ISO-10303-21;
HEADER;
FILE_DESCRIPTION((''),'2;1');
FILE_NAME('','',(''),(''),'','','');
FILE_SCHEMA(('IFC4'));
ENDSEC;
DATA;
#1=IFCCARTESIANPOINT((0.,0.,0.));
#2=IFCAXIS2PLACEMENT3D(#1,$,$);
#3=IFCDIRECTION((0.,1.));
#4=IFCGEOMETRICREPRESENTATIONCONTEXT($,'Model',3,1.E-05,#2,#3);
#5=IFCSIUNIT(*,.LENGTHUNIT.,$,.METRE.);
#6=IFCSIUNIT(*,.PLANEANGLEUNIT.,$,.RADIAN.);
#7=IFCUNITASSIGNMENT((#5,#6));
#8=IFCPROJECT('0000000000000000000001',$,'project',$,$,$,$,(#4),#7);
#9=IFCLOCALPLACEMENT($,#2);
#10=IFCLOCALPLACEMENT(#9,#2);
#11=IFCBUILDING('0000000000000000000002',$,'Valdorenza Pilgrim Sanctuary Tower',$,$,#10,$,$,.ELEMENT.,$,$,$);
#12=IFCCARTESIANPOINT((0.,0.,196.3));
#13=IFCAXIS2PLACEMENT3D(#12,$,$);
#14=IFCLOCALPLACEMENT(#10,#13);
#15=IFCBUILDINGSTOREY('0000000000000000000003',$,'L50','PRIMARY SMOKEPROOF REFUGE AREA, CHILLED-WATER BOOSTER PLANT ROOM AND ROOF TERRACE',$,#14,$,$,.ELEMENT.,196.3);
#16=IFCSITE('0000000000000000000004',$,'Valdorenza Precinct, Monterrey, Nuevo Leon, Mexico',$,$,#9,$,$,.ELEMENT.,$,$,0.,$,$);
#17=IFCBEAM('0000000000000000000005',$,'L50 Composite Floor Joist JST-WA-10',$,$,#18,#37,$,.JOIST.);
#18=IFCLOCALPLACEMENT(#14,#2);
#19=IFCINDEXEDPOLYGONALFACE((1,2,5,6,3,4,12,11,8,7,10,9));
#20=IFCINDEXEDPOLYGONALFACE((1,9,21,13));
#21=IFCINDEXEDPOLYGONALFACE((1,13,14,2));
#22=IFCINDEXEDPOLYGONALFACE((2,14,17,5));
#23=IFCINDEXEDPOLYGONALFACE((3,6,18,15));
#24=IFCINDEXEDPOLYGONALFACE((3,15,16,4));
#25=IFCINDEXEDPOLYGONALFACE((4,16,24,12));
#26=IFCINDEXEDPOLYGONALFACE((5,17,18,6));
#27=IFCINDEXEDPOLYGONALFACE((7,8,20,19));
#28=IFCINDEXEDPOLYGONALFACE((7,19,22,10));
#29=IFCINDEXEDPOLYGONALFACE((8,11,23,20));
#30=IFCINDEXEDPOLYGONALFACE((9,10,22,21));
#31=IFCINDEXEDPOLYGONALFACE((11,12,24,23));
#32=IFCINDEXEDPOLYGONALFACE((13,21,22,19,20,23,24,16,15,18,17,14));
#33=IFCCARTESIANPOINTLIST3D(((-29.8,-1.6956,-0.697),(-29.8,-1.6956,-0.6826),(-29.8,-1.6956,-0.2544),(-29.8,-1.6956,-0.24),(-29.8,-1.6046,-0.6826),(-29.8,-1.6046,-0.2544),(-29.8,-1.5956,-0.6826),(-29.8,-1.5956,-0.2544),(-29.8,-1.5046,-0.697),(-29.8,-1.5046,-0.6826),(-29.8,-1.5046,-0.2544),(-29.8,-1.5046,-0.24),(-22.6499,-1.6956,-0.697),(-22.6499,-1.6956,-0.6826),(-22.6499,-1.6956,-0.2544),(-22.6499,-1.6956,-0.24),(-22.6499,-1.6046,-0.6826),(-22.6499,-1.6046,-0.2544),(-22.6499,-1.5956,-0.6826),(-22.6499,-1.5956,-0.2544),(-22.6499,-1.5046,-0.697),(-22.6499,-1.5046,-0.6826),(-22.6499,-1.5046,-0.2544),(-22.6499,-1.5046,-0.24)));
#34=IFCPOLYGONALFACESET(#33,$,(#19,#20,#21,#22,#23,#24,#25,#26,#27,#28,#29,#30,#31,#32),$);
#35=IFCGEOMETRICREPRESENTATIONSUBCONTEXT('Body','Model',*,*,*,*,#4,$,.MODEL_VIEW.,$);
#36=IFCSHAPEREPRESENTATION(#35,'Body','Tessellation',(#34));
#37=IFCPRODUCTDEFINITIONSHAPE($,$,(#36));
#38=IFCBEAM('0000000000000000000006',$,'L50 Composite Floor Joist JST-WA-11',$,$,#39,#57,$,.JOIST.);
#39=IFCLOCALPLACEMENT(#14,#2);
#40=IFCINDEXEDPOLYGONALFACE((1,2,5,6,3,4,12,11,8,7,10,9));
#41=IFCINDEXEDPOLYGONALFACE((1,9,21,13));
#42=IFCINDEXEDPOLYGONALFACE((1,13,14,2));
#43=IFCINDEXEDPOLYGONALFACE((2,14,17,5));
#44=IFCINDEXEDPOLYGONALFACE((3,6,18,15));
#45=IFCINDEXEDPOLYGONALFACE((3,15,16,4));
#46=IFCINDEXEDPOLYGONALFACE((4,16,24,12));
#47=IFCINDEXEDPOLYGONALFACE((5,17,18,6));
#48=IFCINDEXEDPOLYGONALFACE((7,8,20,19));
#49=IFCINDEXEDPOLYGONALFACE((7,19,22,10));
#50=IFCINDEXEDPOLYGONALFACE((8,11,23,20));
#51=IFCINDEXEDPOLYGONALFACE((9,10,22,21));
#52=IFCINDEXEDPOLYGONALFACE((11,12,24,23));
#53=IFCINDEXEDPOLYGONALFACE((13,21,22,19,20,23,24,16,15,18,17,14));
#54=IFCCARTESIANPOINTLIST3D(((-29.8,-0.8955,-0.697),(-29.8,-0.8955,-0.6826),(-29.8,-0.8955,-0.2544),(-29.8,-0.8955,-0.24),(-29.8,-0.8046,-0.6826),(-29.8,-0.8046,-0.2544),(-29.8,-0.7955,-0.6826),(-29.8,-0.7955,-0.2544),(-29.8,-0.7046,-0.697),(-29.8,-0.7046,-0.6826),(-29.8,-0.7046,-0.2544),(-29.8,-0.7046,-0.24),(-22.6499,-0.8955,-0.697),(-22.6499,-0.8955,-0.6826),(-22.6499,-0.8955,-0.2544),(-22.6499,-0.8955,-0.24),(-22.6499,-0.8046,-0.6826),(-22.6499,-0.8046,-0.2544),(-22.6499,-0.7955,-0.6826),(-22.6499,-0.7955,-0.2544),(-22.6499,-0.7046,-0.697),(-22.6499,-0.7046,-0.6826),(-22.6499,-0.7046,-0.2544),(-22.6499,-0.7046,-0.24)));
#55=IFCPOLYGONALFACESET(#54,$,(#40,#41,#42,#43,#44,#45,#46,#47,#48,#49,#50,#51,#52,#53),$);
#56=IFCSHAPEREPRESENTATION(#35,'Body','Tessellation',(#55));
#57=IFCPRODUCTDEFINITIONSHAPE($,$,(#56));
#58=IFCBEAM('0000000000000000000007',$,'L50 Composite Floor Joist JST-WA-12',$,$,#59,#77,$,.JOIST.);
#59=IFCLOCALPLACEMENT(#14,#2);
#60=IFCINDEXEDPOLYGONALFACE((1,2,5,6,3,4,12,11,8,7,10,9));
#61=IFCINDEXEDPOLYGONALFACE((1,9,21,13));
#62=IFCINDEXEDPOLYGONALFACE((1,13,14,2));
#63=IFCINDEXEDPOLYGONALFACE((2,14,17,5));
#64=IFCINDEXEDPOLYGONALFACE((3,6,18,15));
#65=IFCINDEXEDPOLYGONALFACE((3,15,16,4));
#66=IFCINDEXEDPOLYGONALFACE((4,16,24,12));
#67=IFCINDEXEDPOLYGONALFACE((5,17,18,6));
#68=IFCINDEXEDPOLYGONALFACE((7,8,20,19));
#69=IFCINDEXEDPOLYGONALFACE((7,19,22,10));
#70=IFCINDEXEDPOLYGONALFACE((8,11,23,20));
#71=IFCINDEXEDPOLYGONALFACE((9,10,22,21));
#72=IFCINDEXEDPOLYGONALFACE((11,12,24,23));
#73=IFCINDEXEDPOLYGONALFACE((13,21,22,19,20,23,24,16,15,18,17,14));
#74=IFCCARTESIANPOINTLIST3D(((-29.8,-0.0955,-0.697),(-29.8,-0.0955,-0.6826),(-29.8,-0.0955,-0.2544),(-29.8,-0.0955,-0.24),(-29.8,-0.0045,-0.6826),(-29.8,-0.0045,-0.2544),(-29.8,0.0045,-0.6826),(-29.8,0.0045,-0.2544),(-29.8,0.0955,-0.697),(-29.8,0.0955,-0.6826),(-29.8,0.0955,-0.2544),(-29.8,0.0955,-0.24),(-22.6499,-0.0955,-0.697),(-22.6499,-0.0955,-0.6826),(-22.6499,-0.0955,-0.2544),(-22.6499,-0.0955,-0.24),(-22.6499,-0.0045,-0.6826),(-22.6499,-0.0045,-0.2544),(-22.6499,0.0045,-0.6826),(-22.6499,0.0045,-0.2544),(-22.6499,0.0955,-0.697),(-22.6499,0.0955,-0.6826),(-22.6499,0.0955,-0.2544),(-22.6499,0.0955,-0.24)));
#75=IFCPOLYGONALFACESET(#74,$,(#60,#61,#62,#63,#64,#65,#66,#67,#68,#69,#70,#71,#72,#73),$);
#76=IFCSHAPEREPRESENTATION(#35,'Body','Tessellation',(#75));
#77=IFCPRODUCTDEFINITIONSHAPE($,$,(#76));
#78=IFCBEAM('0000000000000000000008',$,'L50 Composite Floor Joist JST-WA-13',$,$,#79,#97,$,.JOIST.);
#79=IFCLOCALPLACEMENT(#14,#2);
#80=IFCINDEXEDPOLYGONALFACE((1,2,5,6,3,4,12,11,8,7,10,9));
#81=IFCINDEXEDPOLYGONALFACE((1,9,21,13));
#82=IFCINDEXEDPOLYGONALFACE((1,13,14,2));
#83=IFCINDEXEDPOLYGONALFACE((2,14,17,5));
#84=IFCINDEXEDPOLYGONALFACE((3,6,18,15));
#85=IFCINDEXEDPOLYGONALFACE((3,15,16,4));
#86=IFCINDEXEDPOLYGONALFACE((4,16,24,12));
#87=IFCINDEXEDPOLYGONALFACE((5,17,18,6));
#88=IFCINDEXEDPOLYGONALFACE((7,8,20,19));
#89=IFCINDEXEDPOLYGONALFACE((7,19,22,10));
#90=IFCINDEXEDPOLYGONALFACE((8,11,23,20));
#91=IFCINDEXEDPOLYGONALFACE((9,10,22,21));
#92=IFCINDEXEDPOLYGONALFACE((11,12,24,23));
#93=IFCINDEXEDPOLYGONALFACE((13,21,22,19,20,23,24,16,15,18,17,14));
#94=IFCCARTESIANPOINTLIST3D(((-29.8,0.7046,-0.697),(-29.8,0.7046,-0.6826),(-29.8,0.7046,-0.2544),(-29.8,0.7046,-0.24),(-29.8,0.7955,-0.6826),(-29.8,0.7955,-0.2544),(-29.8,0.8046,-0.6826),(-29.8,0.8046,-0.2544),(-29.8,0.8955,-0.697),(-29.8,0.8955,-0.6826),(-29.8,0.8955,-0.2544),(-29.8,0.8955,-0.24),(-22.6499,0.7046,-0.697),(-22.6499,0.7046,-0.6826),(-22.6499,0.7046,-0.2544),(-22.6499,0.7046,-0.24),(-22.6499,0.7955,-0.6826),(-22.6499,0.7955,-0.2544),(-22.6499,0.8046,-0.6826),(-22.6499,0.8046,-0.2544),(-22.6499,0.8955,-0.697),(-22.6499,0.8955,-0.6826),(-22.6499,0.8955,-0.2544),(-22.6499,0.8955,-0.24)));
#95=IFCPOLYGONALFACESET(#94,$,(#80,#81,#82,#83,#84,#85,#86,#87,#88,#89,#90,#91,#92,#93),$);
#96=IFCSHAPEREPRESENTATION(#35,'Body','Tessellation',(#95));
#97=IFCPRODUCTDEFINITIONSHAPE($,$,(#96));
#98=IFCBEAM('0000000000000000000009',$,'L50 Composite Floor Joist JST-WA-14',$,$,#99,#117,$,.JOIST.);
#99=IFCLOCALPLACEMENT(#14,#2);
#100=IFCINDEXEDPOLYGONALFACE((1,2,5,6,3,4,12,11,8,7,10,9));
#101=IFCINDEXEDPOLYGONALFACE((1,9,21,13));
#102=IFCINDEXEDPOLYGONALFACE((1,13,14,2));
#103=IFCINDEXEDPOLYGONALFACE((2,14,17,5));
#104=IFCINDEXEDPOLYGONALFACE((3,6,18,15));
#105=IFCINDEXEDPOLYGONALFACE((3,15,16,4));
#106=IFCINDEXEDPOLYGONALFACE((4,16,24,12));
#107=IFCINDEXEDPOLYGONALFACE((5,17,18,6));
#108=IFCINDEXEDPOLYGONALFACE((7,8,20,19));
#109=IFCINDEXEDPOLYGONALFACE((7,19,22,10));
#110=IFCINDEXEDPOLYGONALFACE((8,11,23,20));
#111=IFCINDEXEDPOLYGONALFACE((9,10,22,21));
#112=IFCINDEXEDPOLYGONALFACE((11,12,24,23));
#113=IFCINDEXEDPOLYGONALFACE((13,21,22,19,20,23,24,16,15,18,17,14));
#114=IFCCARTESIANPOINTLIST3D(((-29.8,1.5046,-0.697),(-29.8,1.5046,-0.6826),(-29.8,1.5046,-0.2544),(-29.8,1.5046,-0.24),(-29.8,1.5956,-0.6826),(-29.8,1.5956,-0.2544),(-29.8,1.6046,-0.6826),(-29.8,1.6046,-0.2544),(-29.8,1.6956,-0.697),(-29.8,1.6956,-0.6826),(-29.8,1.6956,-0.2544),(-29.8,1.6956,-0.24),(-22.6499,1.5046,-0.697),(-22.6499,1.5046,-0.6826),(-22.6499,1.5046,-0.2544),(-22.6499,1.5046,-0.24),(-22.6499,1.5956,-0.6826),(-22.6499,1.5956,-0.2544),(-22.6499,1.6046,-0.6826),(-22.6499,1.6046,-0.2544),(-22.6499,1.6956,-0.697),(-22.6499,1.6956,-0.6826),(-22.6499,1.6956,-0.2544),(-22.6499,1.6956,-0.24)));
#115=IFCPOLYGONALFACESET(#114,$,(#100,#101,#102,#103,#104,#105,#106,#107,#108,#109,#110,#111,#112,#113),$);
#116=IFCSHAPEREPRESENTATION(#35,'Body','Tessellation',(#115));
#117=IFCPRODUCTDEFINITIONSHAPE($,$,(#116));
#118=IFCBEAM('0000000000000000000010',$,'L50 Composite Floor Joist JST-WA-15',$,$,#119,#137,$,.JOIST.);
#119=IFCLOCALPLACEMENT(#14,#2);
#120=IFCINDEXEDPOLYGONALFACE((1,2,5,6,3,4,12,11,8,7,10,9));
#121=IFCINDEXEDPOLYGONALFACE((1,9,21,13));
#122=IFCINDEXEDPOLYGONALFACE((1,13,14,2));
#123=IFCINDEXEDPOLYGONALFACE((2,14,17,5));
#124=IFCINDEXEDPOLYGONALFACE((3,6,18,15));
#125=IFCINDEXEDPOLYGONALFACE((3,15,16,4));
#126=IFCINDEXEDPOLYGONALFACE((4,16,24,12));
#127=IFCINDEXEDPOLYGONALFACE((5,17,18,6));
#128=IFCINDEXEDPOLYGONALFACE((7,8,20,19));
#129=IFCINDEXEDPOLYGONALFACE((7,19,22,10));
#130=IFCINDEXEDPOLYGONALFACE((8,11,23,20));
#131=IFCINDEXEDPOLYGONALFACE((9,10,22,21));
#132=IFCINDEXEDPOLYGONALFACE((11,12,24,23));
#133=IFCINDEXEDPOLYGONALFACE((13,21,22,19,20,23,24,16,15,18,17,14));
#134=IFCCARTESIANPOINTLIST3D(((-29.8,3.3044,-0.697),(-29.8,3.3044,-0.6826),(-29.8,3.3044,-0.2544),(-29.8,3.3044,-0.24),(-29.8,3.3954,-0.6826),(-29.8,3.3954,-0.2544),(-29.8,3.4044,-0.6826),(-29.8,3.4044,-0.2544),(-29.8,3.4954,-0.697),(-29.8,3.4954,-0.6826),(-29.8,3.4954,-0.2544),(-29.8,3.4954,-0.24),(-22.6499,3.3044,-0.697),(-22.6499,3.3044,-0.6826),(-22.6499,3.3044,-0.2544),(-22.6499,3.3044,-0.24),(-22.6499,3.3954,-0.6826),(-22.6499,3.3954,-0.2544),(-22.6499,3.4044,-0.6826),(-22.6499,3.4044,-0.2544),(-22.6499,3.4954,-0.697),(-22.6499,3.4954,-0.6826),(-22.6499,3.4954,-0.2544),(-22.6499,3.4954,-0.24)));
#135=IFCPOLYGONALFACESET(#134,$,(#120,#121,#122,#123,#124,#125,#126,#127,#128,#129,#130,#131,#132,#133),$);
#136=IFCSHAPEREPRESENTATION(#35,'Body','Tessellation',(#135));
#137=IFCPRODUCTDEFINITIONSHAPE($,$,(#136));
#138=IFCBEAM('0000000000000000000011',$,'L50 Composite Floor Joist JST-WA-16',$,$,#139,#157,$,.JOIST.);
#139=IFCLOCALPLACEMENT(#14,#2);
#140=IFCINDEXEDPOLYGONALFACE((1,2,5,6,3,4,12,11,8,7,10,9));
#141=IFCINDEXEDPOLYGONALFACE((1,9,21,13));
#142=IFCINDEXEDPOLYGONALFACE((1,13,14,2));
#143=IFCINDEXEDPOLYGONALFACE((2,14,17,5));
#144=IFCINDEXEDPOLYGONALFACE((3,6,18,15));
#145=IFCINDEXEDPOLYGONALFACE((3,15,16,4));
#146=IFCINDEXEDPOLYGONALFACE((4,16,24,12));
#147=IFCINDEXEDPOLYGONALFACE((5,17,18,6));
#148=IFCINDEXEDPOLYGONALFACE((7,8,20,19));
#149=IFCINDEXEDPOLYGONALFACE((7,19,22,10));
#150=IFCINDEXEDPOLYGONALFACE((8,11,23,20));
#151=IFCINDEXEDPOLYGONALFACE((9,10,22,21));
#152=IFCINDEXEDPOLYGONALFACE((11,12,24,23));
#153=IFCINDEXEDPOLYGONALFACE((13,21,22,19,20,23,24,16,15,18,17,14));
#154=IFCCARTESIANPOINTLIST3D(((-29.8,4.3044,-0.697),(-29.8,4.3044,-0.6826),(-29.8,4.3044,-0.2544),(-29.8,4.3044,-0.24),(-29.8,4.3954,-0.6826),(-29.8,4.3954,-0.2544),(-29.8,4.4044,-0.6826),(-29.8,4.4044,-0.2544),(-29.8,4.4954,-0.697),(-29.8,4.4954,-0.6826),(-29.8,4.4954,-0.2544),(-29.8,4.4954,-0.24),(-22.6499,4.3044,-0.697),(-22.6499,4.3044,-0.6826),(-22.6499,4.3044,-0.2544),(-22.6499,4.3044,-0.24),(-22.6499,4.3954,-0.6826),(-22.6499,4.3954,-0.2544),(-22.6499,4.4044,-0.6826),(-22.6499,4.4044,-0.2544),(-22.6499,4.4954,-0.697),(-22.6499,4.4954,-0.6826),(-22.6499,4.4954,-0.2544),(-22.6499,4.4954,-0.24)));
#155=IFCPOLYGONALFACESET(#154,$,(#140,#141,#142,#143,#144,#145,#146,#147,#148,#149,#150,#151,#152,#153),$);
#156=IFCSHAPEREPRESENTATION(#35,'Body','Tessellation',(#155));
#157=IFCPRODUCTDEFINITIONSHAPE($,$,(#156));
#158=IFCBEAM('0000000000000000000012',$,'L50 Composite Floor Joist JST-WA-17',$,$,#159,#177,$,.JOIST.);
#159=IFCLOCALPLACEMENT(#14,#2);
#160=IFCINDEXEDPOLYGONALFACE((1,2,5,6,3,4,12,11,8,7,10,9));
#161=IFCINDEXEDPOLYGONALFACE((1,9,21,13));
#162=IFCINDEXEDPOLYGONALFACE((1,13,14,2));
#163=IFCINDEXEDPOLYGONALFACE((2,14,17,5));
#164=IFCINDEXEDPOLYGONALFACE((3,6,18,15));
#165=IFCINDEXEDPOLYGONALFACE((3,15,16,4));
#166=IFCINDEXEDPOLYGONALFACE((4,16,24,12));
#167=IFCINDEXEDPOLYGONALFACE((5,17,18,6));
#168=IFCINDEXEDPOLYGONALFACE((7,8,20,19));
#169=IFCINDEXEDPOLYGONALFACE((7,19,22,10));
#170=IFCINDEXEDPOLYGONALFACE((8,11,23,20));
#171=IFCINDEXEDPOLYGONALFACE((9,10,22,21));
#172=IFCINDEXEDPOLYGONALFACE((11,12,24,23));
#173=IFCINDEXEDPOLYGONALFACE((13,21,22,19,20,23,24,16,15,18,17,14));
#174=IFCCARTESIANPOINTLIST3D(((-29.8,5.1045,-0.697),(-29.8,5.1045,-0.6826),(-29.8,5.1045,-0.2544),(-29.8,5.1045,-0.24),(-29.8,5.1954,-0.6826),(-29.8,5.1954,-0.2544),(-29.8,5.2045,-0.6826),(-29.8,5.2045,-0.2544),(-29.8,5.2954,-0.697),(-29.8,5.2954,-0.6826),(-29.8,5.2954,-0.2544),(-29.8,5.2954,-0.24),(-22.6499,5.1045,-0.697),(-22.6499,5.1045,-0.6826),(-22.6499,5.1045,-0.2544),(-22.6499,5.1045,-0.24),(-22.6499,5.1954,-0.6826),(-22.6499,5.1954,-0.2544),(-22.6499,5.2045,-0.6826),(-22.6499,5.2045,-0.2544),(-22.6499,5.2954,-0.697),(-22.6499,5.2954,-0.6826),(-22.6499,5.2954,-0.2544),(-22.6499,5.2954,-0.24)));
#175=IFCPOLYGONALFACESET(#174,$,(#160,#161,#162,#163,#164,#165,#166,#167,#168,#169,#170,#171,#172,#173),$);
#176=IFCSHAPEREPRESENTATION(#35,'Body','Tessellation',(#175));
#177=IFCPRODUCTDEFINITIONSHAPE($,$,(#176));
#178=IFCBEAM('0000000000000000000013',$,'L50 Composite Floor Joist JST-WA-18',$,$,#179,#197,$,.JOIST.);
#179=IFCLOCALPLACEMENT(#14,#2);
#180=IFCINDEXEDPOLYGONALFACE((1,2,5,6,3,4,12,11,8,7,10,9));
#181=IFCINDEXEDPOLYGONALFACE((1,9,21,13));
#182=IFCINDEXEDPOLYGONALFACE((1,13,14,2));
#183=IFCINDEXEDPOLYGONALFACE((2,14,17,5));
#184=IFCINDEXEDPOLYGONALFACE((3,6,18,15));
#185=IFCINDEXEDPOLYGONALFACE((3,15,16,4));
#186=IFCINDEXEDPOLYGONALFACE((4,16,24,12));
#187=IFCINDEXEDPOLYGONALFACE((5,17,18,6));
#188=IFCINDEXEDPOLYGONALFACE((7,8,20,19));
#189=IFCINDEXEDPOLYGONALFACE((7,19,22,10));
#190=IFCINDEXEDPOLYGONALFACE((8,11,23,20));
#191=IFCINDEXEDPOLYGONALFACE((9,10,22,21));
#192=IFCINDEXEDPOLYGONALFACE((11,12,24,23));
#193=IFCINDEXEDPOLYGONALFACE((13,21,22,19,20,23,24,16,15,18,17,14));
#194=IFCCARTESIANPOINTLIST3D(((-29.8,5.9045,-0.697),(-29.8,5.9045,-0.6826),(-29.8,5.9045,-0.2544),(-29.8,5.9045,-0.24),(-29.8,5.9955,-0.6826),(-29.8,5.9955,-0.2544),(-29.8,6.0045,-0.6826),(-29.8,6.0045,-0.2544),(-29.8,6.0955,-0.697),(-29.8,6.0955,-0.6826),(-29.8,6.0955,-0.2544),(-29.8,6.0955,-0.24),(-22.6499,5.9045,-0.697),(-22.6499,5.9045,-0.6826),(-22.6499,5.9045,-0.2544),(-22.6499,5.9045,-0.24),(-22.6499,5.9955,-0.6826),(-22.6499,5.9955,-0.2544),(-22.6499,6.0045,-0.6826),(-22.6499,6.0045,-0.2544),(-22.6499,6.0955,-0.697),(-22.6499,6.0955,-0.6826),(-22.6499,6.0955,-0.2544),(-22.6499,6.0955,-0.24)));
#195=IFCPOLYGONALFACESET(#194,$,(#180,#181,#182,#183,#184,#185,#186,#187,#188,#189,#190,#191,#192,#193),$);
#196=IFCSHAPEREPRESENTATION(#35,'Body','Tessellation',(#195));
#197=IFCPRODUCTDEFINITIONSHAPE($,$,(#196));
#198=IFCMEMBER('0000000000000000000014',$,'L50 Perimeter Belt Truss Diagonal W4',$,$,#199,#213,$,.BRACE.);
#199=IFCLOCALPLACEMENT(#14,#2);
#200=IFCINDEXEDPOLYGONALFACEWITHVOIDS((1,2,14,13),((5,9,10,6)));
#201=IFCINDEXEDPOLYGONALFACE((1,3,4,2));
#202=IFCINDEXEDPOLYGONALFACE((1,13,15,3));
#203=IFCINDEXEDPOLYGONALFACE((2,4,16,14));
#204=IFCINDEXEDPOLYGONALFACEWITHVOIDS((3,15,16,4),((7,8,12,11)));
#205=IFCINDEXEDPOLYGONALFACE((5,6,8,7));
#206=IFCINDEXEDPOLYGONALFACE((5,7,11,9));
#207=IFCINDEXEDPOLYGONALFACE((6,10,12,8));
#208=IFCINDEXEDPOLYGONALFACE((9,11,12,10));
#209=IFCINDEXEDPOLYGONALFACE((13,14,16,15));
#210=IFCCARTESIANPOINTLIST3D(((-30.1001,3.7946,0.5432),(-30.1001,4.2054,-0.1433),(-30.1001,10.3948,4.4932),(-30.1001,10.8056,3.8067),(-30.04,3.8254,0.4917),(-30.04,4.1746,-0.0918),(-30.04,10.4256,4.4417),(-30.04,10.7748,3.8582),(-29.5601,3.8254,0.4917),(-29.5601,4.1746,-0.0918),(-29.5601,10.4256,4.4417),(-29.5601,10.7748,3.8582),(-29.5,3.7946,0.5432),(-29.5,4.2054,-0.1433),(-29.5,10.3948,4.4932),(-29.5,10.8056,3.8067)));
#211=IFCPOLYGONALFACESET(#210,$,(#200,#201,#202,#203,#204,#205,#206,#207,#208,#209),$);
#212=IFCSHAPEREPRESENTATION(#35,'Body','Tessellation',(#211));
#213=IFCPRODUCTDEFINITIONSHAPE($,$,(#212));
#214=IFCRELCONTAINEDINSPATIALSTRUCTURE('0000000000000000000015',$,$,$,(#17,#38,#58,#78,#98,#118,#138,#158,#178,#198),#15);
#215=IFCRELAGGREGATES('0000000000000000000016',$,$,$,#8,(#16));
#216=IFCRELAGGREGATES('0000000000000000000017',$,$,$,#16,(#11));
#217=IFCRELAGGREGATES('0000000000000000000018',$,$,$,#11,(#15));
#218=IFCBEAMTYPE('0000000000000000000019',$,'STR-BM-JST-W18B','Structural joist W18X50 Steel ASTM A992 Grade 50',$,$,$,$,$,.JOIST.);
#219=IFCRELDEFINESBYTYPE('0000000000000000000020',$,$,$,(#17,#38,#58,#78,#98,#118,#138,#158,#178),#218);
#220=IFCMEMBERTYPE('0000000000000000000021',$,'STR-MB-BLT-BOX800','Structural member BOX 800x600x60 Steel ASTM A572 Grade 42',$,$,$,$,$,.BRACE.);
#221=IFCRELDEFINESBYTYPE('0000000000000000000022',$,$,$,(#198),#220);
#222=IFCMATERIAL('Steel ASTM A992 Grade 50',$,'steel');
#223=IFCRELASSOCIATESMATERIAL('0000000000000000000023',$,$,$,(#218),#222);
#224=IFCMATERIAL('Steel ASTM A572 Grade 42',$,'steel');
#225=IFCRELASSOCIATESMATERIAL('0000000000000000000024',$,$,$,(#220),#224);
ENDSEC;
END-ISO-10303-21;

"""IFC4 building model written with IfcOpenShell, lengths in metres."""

from ifc_helpers import new_model, si_unit, direction, frame, origin, origin_2d, place, context, subcontext, project, spatial, hollow_rectangle, i_section, extrude, source, transform, mapped, material, material_profile, profile_set, type_object, element, save


model = new_model("IFC4")

# Units and contexts
model_context = context("Model", 3, precision=1e-05, world=origin(), true_north=direction((0.0, 1.0)))
body_context = subcontext(model_context, "Body", "Model", "MODEL_VIEW")
ifc_project = project(units=[si_unit("LENGTHUNIT", "METRE"), si_unit("PLANEANGLEUNIT", "RADIAN")], contexts=[model_context])

# Site, building, storey
site_placement = place(None, origin())
site = spatial("IfcSite", under=ifc_project, at=site_placement, Name="Valdorenza Precinct, Monterrey, Nuevo Leon, Mexico", CompositionType="ELEMENT", RefElevation=0.0)
building_placement = place(site_placement, origin())
building = spatial("IfcBuilding", under=site, at=building_placement, Name="Valdorenza Pilgrim Sanctuary Tower", CompositionType="ELEMENT")
storey_placement = place(building_placement, frame((0.0, 0.0, 196.3)))
storey = spatial("IfcBuildingStorey", under=building, at=storey_placement, Name="L50", Description="PRIMARY SMOKEPROOF REFUGE AREA, CHILLED-WATER BOOSTER PLANT ROOM AND ROOF TERRACE", CompositionType="ELEMENT", Elevation=196.3)

# Beams
ifc_material_1 = material(Name="Steel ASTM A992 Grade 50", Category="steel")
ifc_material_profile_1 = material_profile(ifc_material_1, i_section(OverallWidth=0.1909, OverallDepth=0.457, WebThickness=0.009, FlangeThickness=0.0144, at=origin_2d()), Name="W18X50")
ifc_profile_set_1 = profile_set([ifc_material_profile_1], Name="Steel ASTM A992 Grade 50")
beam_type = type_object("IfcBeamType", Name="STR-BM-JST-W18B", Description="Structural joist W18X50 Steel ASTM A992 Grade 50", PredefinedType="JOIST", material=ifc_profile_set_1)
shared_shape_1 = source(origin(), body_context, "Body", "SweptSolid", [
    extrude(i_section(OverallWidth=0.1909, OverallDepth=0.457, WebThickness=0.009, FlangeThickness=0.0144, at=origin_2d()), origin(), (0.0, 0.0, 1.0), 7.1501),
])
for number, where, z_axis, x_axis, name in (
    (1, (-29.8, -1.6001, -0.4685), (1.0, 0.0, 0.0), (0.0, 1.0, 0.0), "L50 Composite Floor Joist JST-WA-10"),
    (2, (-29.8, -0.8, -0.4685), (1.0, 0.0, 0.0), (0.0, 1.0, 0.0), "L50 Composite Floor Joist JST-WA-11"),
    (3, (-29.8, 0.0, -0.4685), (1.0, 0.0, 0.0), (0.0, 1.0, 0.0), "L50 Composite Floor Joist JST-WA-12"),
    (4, (-29.8, 0.8, -0.4685), (1.0, 0.0, 0.0), (0.0, 1.0, 0.0), "L50 Composite Floor Joist JST-WA-13"),
    (5, (-29.8, 1.6001, -0.4685), (1.0, 0.0, 0.0), (0.0, 1.0, 0.0), "L50 Composite Floor Joist JST-WA-14"),
    (6, (-29.8, 3.3999, -0.4685), (1.0, 0.0, 0.0), (0.0, 1.0, 0.0), "L50 Composite Floor Joist JST-WA-15"),
    (7, (-29.8, 4.3999, -0.4685), (1.0, 0.0, 0.0), (0.0, 1.0, 0.0), "L50 Composite Floor Joist JST-WA-16"),
    (8, (-29.8, 5.2, -0.4685), (1.0, 0.0, 0.0), (0.0, 1.0, 0.0), "L50 Composite Floor Joist JST-WA-17"),
    (9, (-29.8, 6.0, -0.4685), (1.0, 0.0, 0.0), (0.0, 1.0, 0.0), "L50 Composite Floor Joist JST-WA-18"),
):
    element("IfcBeam", number, at=place(storey_placement, frame(where, z_axis=z_axis, x_axis=x_axis)), inside=storey, type_object=beam_type, Name=name, PredefinedType="JOIST", context=body_context, shape_type="MappedRepresentation", body=[
        mapped(shared_shape_1, transform((0.0, 0.0, 0.0), x_axis=(1.0, 0.0, 0.0), y_axis=(0.0, 1.0, 0.0), z_axis=(0.0, 0.0, 1.0), scale=1.0)),
    ])

# Member
ifc_material_2 = material(Name="Steel ASTM A572 Grade 42", Category="steel")
ifc_material_profile_2 = material_profile(ifc_material_2, hollow_rectangle(XDim=0.6001, YDim=0.8, WallThickness=0.0601, at=origin_2d()), Name="BOX 800x600x60")
ifc_profile_set_2 = profile_set([ifc_material_profile_2], Name="Steel ASTM A572 Grade 42")
member_type_1 = type_object("IfcMemberType", Name="STR-MB-BLT-BOX800", Description="Structural member BOX 800x600x60 Steel ASTM A572 Grade 42", PredefinedType="BRACE", material=ifc_profile_set_2)
shared_shape_2 = source(origin(), body_context, "Body", "SweptSolid", [
    extrude(hollow_rectangle(XDim=0.6001, YDim=0.8, WallThickness=0.0601, at=origin_2d()), origin(), (0.0, 0.0, 1.0), 7.6919),
])
member_1_placement = place(storey_placement, frame((-29.8, 4.0, 0.2), z_axis=(0.0, 0.858072, 0.513529), x_axis=(-1.0, 0.0, 0.0)))
element("IfcMember", 10, at=member_1_placement, inside=storey, type_object=member_type_1, Name="L50 Perimeter Belt Truss Diagonal W4", PredefinedType="BRACE", context=body_context, shape_type="MappedRepresentation", body=[
    mapped(shared_shape_2, transform((0.0, 0.0, 0.0), x_axis=(1.0, 0.0, 0.0), y_axis=(0.0, 1.0, 0.0), z_axis=(0.0, 0.0, 1.0), scale=1.0)),
])

save(model, "model.ifc")
